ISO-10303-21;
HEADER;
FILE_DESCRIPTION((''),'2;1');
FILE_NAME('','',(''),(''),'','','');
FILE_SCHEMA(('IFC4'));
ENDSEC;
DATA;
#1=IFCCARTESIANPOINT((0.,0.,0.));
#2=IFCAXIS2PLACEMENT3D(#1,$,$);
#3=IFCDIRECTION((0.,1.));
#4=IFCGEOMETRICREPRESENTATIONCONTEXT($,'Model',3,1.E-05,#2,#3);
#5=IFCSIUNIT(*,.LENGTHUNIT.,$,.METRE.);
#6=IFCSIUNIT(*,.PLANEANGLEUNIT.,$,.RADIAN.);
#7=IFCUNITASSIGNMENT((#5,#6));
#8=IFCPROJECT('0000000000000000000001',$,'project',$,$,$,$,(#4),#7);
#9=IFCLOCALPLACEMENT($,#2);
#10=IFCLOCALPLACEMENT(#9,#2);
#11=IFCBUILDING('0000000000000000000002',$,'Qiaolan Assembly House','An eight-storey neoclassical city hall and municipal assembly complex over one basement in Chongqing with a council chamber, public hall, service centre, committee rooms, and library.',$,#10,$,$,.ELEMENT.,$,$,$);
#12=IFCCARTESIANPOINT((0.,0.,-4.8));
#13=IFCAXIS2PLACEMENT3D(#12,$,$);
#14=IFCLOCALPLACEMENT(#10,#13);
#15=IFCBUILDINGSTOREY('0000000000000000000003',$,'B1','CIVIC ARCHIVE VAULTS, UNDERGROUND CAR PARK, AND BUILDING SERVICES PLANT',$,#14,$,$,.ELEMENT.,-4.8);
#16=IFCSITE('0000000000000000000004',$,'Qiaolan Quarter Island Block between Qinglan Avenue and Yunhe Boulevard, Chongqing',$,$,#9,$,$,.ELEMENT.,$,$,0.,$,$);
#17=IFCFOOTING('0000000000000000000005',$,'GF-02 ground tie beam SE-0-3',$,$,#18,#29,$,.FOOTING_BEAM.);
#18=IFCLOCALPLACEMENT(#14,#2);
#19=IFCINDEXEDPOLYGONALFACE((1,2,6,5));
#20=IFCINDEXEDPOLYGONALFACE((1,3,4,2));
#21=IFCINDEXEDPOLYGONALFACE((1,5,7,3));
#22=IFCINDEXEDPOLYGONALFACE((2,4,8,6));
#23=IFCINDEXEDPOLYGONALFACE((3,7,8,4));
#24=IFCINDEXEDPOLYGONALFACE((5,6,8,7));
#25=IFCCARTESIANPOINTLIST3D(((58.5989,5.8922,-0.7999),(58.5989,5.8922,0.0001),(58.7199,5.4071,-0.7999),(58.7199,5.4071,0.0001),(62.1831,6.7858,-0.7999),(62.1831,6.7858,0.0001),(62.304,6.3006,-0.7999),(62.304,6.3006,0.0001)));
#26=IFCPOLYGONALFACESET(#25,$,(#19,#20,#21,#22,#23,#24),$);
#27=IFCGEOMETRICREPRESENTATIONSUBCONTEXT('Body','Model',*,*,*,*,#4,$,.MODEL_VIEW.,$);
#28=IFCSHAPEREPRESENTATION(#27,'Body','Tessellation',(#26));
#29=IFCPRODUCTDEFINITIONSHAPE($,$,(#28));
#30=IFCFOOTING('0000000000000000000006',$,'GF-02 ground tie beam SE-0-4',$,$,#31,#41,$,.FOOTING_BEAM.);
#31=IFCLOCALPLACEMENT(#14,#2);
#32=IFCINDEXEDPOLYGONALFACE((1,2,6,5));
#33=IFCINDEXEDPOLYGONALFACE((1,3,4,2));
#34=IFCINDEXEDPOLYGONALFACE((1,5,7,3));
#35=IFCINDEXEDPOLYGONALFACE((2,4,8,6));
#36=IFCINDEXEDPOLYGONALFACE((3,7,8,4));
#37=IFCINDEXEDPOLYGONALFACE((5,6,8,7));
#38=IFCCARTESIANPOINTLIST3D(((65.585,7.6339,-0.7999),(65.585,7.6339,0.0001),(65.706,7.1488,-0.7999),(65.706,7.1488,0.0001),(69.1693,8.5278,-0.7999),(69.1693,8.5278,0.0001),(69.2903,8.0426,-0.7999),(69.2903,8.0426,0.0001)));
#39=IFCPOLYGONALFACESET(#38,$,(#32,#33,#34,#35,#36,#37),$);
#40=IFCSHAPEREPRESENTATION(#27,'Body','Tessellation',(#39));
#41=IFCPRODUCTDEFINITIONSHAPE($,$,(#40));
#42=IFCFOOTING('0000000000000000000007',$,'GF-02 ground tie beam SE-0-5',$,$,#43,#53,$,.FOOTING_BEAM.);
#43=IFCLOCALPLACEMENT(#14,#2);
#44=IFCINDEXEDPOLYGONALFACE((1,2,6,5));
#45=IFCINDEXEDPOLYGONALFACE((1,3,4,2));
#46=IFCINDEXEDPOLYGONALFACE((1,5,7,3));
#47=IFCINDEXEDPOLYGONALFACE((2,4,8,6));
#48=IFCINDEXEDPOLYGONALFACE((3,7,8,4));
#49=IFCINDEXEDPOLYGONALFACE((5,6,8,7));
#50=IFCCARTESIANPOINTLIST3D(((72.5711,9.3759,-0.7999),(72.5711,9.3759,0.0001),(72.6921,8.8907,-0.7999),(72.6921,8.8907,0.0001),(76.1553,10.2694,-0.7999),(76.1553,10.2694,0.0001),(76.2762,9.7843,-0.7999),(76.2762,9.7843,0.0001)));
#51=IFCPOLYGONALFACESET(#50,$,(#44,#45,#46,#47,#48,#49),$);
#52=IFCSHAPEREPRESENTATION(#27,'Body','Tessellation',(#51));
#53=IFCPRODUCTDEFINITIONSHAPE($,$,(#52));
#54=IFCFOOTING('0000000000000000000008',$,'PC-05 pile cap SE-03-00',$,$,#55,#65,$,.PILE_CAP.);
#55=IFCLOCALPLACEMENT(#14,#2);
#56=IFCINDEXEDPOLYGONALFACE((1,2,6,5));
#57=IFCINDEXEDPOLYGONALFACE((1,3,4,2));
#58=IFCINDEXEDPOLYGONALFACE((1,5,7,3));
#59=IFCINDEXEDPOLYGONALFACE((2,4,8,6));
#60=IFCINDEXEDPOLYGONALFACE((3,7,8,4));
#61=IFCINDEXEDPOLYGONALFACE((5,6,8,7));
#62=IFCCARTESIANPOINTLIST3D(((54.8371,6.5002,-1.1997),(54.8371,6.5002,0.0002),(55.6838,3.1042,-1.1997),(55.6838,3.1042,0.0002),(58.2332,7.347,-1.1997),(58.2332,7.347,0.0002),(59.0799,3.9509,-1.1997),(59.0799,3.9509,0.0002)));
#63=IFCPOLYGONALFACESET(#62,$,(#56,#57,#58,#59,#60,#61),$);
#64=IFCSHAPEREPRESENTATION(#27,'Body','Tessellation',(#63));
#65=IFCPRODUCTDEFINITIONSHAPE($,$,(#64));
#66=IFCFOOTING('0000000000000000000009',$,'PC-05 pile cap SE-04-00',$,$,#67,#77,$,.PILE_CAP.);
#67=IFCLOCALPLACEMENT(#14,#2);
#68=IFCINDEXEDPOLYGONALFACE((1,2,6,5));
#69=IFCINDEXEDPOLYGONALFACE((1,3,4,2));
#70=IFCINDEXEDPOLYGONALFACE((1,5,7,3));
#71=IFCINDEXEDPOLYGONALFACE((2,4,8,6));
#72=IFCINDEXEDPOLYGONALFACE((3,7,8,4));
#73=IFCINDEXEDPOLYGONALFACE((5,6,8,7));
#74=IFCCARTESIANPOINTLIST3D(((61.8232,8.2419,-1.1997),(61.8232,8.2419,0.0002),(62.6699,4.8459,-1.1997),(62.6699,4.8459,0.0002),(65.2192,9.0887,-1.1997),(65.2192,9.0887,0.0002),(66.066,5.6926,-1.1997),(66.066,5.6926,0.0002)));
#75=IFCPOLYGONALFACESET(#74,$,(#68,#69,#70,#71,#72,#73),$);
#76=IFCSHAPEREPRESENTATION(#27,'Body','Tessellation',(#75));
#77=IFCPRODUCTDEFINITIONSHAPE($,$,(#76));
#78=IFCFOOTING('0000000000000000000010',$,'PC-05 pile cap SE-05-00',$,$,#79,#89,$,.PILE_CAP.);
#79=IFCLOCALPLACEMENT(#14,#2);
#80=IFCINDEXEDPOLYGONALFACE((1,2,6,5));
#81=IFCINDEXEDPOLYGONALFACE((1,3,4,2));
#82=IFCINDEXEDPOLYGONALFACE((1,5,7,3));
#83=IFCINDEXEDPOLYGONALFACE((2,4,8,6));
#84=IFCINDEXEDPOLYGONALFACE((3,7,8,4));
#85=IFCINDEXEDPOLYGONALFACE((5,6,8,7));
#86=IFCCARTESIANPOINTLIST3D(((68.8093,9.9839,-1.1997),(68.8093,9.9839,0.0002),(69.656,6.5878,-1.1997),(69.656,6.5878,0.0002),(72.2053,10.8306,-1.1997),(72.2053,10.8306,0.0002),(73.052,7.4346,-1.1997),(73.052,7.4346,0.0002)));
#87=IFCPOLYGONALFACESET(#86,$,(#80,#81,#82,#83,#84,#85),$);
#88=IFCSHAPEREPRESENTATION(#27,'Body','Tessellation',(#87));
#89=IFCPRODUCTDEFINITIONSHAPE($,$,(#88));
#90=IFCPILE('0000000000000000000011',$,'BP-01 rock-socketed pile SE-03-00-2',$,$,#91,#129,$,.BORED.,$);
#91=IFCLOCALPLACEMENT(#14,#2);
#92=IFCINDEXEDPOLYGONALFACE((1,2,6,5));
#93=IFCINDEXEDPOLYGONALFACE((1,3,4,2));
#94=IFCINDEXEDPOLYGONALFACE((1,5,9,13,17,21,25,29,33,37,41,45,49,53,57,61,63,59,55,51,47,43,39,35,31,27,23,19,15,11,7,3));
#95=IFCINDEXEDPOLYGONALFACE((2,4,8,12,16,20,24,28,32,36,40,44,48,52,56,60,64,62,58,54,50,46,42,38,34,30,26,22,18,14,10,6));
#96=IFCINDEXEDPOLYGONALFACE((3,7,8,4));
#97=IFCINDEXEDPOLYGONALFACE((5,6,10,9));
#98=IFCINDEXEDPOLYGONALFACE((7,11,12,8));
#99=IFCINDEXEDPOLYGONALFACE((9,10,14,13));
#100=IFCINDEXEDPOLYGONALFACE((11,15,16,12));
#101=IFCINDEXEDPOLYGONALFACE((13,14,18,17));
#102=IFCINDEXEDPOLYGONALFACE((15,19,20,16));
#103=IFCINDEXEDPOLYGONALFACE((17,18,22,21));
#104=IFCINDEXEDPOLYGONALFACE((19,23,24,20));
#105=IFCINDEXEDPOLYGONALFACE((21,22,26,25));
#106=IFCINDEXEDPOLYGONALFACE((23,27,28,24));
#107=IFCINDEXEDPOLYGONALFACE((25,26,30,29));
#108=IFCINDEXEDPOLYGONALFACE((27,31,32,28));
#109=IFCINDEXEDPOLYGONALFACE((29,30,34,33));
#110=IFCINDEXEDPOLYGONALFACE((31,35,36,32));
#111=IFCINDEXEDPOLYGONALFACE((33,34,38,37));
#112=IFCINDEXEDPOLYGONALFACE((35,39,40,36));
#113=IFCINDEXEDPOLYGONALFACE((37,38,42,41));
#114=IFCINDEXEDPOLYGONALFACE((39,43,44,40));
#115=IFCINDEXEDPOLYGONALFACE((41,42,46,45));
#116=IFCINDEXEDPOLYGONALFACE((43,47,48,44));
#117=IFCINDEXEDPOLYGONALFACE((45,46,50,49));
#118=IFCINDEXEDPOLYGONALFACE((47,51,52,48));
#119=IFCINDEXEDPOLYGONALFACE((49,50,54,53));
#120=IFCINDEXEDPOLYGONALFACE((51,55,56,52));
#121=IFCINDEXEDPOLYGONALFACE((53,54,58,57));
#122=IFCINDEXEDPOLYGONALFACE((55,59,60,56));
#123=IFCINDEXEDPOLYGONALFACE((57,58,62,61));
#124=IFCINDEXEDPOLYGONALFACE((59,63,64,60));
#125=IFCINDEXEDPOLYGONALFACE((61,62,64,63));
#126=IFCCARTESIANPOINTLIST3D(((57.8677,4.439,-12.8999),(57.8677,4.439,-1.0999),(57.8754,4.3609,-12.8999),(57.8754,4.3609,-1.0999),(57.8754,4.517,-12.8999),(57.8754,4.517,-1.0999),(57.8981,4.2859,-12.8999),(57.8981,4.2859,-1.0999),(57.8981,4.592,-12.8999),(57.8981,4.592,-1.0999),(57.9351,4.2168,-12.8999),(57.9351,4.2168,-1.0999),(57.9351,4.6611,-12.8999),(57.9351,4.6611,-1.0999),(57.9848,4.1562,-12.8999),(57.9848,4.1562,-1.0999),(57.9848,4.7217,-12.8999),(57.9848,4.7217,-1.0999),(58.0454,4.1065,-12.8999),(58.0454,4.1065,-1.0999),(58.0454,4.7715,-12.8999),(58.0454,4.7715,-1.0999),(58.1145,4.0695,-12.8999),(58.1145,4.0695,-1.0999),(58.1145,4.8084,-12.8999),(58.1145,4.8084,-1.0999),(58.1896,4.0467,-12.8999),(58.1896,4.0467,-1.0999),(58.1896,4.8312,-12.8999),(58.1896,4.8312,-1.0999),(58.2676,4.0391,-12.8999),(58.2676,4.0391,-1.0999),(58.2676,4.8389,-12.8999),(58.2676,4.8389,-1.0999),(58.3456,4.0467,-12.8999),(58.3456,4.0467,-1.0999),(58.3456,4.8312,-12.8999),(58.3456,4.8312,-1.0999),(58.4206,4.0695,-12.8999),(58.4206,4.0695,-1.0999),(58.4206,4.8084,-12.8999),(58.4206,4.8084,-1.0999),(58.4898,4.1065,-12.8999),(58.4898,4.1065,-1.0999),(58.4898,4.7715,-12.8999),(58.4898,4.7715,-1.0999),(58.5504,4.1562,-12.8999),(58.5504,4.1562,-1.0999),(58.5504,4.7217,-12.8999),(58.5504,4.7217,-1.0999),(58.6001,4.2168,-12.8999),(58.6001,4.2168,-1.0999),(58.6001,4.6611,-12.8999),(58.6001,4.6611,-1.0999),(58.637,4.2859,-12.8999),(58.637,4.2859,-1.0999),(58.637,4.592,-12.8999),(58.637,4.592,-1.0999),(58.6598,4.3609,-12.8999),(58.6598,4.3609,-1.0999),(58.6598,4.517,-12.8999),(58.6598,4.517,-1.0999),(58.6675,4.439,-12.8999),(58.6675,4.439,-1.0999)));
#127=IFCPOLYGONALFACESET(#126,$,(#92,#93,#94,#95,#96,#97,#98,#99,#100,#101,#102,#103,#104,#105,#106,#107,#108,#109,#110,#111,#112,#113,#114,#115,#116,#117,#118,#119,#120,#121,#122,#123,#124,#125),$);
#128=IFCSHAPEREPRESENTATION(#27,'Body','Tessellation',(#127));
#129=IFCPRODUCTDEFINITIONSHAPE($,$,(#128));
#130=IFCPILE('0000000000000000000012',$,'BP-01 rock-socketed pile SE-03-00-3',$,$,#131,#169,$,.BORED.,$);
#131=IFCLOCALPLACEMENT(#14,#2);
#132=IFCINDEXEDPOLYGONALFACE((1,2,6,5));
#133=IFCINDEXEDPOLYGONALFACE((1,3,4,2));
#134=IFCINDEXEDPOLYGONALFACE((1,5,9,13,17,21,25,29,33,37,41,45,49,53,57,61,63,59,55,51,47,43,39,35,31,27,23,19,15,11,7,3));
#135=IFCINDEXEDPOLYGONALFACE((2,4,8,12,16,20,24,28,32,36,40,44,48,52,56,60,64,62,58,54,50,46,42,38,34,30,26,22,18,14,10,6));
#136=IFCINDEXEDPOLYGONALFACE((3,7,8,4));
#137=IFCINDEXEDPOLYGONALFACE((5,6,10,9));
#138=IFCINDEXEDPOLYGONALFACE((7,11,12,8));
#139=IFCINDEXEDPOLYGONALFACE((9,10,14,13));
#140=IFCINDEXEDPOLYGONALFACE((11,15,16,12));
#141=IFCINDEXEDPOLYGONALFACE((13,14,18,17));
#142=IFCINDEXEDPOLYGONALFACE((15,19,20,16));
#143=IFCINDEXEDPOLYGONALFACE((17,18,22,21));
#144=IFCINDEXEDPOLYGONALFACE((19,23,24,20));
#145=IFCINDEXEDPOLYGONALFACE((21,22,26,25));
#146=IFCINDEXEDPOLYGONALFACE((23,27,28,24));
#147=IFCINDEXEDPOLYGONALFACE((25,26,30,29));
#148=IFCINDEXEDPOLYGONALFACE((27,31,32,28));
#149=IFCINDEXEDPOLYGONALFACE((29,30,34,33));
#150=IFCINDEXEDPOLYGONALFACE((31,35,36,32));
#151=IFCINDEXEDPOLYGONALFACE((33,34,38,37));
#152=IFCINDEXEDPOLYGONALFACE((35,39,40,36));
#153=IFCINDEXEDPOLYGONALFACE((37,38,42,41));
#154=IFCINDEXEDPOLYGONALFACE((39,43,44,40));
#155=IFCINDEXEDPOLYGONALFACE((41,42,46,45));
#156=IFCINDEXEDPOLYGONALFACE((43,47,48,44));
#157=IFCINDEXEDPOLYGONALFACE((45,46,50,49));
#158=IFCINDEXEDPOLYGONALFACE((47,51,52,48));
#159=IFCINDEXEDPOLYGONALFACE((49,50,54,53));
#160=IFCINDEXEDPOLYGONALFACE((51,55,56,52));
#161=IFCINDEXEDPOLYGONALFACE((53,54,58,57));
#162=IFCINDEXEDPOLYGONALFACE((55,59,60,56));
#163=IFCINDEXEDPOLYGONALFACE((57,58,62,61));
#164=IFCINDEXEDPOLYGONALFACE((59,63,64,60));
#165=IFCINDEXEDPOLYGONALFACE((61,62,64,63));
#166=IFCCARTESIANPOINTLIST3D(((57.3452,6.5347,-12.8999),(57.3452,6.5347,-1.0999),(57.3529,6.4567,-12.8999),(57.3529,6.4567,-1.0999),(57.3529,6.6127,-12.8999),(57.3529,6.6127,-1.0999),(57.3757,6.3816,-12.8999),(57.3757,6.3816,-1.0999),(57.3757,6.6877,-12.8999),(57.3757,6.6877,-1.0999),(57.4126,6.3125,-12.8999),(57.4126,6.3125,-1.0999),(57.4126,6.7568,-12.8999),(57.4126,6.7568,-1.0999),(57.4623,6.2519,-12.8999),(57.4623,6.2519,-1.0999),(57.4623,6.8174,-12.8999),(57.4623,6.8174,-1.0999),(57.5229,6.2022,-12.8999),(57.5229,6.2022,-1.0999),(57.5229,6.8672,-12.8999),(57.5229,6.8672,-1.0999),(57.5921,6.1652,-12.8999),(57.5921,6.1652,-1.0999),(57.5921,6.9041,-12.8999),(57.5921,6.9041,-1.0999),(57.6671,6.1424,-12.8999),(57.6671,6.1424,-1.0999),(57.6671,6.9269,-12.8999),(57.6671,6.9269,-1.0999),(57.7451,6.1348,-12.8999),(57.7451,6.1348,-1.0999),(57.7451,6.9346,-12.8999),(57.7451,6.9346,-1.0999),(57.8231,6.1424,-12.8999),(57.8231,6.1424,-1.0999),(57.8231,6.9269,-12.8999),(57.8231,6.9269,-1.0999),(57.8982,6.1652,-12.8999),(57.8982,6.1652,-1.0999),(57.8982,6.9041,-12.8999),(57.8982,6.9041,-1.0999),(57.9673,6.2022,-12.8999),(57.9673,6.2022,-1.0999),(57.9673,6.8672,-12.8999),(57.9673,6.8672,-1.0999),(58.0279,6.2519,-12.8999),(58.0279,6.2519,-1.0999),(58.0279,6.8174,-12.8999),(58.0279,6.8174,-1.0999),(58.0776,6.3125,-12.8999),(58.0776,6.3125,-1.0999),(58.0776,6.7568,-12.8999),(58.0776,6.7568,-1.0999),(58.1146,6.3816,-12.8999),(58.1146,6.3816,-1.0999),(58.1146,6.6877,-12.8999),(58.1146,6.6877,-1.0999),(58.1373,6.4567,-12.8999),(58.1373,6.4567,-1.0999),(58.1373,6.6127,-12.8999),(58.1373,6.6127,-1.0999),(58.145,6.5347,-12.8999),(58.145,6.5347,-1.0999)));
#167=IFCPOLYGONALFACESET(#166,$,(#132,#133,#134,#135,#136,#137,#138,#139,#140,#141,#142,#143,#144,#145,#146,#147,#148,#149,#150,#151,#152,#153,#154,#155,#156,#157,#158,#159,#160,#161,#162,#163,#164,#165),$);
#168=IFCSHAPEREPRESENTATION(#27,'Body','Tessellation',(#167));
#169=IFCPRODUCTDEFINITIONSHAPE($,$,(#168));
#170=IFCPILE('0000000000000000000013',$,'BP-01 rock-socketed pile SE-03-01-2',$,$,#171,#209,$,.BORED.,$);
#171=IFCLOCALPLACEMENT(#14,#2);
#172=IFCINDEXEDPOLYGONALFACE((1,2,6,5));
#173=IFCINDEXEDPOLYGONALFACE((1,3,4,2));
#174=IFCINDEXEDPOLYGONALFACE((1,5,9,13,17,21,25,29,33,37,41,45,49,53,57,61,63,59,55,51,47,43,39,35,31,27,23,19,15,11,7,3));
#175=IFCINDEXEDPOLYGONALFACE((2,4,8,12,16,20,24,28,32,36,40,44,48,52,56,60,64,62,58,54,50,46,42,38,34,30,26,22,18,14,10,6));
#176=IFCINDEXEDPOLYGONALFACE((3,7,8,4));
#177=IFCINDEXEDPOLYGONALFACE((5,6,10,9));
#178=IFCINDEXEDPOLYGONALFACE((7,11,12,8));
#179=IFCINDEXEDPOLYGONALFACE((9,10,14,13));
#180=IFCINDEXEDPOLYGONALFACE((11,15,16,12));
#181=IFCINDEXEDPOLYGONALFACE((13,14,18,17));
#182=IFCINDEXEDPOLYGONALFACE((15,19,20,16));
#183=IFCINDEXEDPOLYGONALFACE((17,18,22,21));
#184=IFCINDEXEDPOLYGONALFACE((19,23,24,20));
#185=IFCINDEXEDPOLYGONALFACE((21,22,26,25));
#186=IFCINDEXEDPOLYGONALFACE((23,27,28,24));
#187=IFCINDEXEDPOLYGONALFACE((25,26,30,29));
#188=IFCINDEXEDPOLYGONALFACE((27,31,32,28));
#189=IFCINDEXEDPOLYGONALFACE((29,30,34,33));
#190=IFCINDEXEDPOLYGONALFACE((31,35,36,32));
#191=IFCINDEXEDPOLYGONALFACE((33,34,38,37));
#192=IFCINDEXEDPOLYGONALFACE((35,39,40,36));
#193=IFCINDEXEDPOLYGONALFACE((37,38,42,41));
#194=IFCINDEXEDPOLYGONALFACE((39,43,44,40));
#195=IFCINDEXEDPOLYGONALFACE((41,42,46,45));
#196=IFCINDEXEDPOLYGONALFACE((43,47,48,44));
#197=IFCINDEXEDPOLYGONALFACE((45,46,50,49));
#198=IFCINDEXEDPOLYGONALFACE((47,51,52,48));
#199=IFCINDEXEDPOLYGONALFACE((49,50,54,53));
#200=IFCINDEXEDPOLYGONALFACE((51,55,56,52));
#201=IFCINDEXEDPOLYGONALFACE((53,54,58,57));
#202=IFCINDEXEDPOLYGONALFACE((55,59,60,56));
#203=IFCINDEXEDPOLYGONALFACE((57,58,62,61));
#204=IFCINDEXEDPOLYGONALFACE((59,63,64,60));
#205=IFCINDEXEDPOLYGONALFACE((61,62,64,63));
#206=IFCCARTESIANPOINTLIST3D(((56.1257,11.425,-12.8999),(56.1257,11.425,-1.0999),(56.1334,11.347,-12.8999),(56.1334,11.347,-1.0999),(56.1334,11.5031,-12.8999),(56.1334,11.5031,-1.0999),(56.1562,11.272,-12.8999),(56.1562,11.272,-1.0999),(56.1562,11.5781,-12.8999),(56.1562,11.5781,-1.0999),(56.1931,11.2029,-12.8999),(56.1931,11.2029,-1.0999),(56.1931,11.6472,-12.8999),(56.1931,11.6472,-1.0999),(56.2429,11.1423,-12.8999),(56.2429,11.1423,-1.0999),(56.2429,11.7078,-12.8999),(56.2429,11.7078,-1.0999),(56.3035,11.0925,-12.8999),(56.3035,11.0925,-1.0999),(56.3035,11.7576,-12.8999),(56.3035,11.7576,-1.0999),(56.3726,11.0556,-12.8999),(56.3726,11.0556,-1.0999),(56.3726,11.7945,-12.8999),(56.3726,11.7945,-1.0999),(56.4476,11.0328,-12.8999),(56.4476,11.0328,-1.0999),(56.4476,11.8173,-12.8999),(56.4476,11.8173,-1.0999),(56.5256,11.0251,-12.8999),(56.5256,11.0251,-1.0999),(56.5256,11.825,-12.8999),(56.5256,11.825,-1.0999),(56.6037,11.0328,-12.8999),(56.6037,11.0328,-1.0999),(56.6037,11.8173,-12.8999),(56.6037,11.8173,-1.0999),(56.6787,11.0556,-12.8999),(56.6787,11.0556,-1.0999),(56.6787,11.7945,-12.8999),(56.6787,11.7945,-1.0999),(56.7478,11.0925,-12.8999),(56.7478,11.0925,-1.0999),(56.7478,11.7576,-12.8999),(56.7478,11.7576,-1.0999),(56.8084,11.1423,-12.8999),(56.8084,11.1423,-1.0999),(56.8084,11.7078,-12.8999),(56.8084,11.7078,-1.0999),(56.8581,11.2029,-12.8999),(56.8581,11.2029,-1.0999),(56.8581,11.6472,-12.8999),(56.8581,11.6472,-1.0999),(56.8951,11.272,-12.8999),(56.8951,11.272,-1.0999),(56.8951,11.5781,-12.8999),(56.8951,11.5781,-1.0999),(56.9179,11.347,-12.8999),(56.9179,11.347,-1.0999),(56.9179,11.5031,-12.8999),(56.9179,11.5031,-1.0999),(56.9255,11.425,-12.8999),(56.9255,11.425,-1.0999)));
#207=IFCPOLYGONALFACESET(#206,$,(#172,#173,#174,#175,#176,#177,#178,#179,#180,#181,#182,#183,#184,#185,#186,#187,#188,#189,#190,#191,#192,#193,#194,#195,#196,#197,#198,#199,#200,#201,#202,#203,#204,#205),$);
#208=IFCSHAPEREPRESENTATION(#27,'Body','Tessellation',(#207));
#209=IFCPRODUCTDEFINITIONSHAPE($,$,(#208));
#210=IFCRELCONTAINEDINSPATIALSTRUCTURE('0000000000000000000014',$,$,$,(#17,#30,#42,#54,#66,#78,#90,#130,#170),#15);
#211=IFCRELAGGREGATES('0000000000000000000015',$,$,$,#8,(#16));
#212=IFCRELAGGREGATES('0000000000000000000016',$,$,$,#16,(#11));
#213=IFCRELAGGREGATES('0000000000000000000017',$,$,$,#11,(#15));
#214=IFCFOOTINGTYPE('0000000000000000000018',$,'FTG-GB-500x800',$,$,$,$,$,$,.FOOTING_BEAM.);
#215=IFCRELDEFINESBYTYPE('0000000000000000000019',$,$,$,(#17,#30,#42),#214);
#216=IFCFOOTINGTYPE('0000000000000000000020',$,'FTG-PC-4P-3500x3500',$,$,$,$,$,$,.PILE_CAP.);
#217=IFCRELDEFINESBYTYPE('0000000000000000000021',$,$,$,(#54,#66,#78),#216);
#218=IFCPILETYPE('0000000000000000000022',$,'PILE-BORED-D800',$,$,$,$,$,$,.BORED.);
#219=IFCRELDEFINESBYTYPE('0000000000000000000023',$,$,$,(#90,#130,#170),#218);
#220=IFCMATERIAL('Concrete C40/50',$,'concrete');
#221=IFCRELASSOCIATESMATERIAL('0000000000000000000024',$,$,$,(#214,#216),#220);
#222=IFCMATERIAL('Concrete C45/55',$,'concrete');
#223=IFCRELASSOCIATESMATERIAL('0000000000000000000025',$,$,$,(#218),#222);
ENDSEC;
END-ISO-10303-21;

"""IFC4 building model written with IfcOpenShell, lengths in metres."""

from ifc_helpers import new_model, si_unit, direction, frame, origin, origin_2d, place, context, subcontext, project, spatial, rectangle, circle, extrude, material, material_profile, profile_set, type_object, element, save


model = new_model("IFC4")

# Units and contexts
model_context = context("Model", 3, precision=1e-05, world=origin(), true_north=direction((0.0, 1.0)))
body_context = subcontext(model_context, "Body", "Model", "MODEL_VIEW")
ifc_project = project(units=[si_unit("LENGTHUNIT", "METRE"), si_unit("PLANEANGLEUNIT", "RADIAN")], contexts=[model_context])

# Site, building, storey
site_placement = place(None, origin())
site = spatial("IfcSite", under=ifc_project, at=site_placement, Name="Qiaolan Quarter Island Block between Qinglan Avenue and Yunhe Boulevard, Chongqing", CompositionType="ELEMENT", RefElevation=0.0)
building_placement = place(site_placement, origin())
building = spatial("IfcBuilding", under=site, at=building_placement, Name="Qiaolan Assembly House", Description="An eight-storey neoclassical city hall and municipal assembly complex over one basement in Chongqing with a council chamber, public hall, service centre, committee rooms, and library.", CompositionType="ELEMENT")
storey_placement = place(building_placement, frame((0.0, 0.0, -4.8)))
storey = spatial("IfcBuildingStorey", under=building, at=storey_placement, Name="B1", Description="CIVIC ARCHIVE VAULTS, UNDERGROUND CAR PARK, AND BUILDING SERVICES PLANT", CompositionType="ELEMENT", Elevation=-4.8)

# Footings
ifc_material_1 = material(Name="Concrete C40/50", Category="concrete")
ifc_material_profile_1 = material_profile(ifc_material_1, rectangle(XDim=0.5, YDim=0.8, at=origin_2d()), Name="GF 500x800")
ifc_profile_set_1 = profile_set([ifc_material_profile_1], Name="Concrete C40/50")
footing_type_1 = type_object("IfcFootingType", Name="FTG-GB-500x800", PredefinedType="FOOTING_BEAM", material=ifc_profile_set_1)
footing_1_placement = place(storey_placement, frame((58.6594, 5.6497, -0.3999), z_axis=(0.970302, 0.241898, 0.0), x_axis=(-0.241898, 0.970302, 0.0)))
element("IfcFooting", 1, at=footing_1_placement, inside=storey, type_object=footing_type_1, Name="GF-02 ground tie beam SE-0-3", PredefinedType="FOOTING_BEAM", context=body_context, shape_type="SweptSolid", body=[
    extrude(rectangle(XDim=0.5, YDim=0.8, at=origin_2d()), origin(), (0.0, 0.0, 1.0), 3.6938),
])
footing_2_placement = place(storey_placement, frame((65.6455, 7.3914, -0.3999), z_axis=(0.970286, 0.24196, 0.0), x_axis=(-0.24196, 0.970286, 0.0)))
element("IfcFooting", 2, at=footing_2_placement, inside=storey, type_object=footing_type_1, Name="GF-02 ground tie beam SE-0-4", PredefinedType="FOOTING_BEAM", context=body_context, shape_type="SweptSolid", body=[
    extrude(rectangle(XDim=0.5, YDim=0.8, at=origin_2d()), origin(), (0.0, 0.0, 1.0), 3.6941),
])
footing_3_placement = place(storey_placement, frame((72.6316, 9.1333, -0.3999), z_axis=(0.970302, 0.241898, 0.0), x_axis=(-0.241898, 0.970302, 0.0)))
element("IfcFooting", 3, at=footing_3_placement, inside=storey, type_object=footing_type_1, Name="GF-02 ground tie beam SE-0-5", PredefinedType="FOOTING_BEAM", context=body_context, shape_type="SweptSolid", body=[
    extrude(rectangle(XDim=0.5, YDim=0.8, at=origin_2d()), origin(), (0.0, 0.0, 1.0), 3.6938),
])
footing_type_2 = type_object("IfcFootingType", Name="FTG-PC-4P-3500x3500", PredefinedType="PILE_CAP", material=ifc_material_1)
for number, where, z_axis, x_axis, name in (
    (4, (56.9585, 5.2256, -1.1997), (0.0, 0.0, 1.0), (0.970296, 0.241922, 0.0), "PC-05 pile cap SE-03-00"),
    (5, (63.9446, 6.9673, -1.1997), (0.0, 0.0, 1.0), (0.970296, 0.241922, 0.0), "PC-05 pile cap SE-04-00"),
    (6, (70.9307, 8.7092, -1.1997), (0.0, 0.0, 1.0), (0.970296, 0.241922, 0.0), "PC-05 pile cap SE-05-00"),
):
    element("IfcFooting", number, at=place(storey_placement, frame(where, z_axis=z_axis, x_axis=x_axis)), inside=storey, type_object=footing_type_2, Name=name, PredefinedType="PILE_CAP", context=body_context, shape_type="SweptSolid", body=[
        extrude(rectangle(XDim=3.5, YDim=3.5, at=origin_2d()), origin(), (0.0, 0.0, 1.0), 1.2),
    ])

# Piles
ifc_material_2 = material(Name="Concrete C45/55", Category="concrete")
ifc_material_profile_2 = material_profile(ifc_material_2, circle(Radius=0.3999, at=origin_2d()), Name="PILE D800")
ifc_profile_set_2 = profile_set([ifc_material_profile_2], Name="Concrete C45/55")
pile_type = type_object("IfcPileType", Name="PILE-BORED-D800", PredefinedType="BORED", material=ifc_profile_set_2)
for number, where, z_axis, x_axis, name in (
    (7, (58.2676, 4.439, -1.0999), (0.0, 0.0, -1.0), (1.0, 0.0, 0.0), "BP-01 rock-socketed pile SE-03-00-2"),
    (8, (57.7451, 6.5347, -1.0999), (0.0, 0.0, -1.0), (1.0, 0.0, 0.0), "BP-01 rock-socketed pile SE-03-00-3"),
    (9, (56.5256, 11.425, -1.0999), (0.0, 0.0, -1.0), (1.0, 0.0, 0.0), "BP-01 rock-socketed pile SE-03-01-2"),
):
    element("IfcPile", number, at=place(storey_placement, frame(where, z_axis=z_axis, x_axis=x_axis)), inside=storey, type_object=pile_type, Name=name, PredefinedType="BORED", context=body_context, shape_type="SweptSolid", body=[
        extrude(circle(Radius=0.3999, at=origin_2d()), origin(), (0.0, 0.0, 1.0), 11.8),
    ])

save(model, "model.ifc")
